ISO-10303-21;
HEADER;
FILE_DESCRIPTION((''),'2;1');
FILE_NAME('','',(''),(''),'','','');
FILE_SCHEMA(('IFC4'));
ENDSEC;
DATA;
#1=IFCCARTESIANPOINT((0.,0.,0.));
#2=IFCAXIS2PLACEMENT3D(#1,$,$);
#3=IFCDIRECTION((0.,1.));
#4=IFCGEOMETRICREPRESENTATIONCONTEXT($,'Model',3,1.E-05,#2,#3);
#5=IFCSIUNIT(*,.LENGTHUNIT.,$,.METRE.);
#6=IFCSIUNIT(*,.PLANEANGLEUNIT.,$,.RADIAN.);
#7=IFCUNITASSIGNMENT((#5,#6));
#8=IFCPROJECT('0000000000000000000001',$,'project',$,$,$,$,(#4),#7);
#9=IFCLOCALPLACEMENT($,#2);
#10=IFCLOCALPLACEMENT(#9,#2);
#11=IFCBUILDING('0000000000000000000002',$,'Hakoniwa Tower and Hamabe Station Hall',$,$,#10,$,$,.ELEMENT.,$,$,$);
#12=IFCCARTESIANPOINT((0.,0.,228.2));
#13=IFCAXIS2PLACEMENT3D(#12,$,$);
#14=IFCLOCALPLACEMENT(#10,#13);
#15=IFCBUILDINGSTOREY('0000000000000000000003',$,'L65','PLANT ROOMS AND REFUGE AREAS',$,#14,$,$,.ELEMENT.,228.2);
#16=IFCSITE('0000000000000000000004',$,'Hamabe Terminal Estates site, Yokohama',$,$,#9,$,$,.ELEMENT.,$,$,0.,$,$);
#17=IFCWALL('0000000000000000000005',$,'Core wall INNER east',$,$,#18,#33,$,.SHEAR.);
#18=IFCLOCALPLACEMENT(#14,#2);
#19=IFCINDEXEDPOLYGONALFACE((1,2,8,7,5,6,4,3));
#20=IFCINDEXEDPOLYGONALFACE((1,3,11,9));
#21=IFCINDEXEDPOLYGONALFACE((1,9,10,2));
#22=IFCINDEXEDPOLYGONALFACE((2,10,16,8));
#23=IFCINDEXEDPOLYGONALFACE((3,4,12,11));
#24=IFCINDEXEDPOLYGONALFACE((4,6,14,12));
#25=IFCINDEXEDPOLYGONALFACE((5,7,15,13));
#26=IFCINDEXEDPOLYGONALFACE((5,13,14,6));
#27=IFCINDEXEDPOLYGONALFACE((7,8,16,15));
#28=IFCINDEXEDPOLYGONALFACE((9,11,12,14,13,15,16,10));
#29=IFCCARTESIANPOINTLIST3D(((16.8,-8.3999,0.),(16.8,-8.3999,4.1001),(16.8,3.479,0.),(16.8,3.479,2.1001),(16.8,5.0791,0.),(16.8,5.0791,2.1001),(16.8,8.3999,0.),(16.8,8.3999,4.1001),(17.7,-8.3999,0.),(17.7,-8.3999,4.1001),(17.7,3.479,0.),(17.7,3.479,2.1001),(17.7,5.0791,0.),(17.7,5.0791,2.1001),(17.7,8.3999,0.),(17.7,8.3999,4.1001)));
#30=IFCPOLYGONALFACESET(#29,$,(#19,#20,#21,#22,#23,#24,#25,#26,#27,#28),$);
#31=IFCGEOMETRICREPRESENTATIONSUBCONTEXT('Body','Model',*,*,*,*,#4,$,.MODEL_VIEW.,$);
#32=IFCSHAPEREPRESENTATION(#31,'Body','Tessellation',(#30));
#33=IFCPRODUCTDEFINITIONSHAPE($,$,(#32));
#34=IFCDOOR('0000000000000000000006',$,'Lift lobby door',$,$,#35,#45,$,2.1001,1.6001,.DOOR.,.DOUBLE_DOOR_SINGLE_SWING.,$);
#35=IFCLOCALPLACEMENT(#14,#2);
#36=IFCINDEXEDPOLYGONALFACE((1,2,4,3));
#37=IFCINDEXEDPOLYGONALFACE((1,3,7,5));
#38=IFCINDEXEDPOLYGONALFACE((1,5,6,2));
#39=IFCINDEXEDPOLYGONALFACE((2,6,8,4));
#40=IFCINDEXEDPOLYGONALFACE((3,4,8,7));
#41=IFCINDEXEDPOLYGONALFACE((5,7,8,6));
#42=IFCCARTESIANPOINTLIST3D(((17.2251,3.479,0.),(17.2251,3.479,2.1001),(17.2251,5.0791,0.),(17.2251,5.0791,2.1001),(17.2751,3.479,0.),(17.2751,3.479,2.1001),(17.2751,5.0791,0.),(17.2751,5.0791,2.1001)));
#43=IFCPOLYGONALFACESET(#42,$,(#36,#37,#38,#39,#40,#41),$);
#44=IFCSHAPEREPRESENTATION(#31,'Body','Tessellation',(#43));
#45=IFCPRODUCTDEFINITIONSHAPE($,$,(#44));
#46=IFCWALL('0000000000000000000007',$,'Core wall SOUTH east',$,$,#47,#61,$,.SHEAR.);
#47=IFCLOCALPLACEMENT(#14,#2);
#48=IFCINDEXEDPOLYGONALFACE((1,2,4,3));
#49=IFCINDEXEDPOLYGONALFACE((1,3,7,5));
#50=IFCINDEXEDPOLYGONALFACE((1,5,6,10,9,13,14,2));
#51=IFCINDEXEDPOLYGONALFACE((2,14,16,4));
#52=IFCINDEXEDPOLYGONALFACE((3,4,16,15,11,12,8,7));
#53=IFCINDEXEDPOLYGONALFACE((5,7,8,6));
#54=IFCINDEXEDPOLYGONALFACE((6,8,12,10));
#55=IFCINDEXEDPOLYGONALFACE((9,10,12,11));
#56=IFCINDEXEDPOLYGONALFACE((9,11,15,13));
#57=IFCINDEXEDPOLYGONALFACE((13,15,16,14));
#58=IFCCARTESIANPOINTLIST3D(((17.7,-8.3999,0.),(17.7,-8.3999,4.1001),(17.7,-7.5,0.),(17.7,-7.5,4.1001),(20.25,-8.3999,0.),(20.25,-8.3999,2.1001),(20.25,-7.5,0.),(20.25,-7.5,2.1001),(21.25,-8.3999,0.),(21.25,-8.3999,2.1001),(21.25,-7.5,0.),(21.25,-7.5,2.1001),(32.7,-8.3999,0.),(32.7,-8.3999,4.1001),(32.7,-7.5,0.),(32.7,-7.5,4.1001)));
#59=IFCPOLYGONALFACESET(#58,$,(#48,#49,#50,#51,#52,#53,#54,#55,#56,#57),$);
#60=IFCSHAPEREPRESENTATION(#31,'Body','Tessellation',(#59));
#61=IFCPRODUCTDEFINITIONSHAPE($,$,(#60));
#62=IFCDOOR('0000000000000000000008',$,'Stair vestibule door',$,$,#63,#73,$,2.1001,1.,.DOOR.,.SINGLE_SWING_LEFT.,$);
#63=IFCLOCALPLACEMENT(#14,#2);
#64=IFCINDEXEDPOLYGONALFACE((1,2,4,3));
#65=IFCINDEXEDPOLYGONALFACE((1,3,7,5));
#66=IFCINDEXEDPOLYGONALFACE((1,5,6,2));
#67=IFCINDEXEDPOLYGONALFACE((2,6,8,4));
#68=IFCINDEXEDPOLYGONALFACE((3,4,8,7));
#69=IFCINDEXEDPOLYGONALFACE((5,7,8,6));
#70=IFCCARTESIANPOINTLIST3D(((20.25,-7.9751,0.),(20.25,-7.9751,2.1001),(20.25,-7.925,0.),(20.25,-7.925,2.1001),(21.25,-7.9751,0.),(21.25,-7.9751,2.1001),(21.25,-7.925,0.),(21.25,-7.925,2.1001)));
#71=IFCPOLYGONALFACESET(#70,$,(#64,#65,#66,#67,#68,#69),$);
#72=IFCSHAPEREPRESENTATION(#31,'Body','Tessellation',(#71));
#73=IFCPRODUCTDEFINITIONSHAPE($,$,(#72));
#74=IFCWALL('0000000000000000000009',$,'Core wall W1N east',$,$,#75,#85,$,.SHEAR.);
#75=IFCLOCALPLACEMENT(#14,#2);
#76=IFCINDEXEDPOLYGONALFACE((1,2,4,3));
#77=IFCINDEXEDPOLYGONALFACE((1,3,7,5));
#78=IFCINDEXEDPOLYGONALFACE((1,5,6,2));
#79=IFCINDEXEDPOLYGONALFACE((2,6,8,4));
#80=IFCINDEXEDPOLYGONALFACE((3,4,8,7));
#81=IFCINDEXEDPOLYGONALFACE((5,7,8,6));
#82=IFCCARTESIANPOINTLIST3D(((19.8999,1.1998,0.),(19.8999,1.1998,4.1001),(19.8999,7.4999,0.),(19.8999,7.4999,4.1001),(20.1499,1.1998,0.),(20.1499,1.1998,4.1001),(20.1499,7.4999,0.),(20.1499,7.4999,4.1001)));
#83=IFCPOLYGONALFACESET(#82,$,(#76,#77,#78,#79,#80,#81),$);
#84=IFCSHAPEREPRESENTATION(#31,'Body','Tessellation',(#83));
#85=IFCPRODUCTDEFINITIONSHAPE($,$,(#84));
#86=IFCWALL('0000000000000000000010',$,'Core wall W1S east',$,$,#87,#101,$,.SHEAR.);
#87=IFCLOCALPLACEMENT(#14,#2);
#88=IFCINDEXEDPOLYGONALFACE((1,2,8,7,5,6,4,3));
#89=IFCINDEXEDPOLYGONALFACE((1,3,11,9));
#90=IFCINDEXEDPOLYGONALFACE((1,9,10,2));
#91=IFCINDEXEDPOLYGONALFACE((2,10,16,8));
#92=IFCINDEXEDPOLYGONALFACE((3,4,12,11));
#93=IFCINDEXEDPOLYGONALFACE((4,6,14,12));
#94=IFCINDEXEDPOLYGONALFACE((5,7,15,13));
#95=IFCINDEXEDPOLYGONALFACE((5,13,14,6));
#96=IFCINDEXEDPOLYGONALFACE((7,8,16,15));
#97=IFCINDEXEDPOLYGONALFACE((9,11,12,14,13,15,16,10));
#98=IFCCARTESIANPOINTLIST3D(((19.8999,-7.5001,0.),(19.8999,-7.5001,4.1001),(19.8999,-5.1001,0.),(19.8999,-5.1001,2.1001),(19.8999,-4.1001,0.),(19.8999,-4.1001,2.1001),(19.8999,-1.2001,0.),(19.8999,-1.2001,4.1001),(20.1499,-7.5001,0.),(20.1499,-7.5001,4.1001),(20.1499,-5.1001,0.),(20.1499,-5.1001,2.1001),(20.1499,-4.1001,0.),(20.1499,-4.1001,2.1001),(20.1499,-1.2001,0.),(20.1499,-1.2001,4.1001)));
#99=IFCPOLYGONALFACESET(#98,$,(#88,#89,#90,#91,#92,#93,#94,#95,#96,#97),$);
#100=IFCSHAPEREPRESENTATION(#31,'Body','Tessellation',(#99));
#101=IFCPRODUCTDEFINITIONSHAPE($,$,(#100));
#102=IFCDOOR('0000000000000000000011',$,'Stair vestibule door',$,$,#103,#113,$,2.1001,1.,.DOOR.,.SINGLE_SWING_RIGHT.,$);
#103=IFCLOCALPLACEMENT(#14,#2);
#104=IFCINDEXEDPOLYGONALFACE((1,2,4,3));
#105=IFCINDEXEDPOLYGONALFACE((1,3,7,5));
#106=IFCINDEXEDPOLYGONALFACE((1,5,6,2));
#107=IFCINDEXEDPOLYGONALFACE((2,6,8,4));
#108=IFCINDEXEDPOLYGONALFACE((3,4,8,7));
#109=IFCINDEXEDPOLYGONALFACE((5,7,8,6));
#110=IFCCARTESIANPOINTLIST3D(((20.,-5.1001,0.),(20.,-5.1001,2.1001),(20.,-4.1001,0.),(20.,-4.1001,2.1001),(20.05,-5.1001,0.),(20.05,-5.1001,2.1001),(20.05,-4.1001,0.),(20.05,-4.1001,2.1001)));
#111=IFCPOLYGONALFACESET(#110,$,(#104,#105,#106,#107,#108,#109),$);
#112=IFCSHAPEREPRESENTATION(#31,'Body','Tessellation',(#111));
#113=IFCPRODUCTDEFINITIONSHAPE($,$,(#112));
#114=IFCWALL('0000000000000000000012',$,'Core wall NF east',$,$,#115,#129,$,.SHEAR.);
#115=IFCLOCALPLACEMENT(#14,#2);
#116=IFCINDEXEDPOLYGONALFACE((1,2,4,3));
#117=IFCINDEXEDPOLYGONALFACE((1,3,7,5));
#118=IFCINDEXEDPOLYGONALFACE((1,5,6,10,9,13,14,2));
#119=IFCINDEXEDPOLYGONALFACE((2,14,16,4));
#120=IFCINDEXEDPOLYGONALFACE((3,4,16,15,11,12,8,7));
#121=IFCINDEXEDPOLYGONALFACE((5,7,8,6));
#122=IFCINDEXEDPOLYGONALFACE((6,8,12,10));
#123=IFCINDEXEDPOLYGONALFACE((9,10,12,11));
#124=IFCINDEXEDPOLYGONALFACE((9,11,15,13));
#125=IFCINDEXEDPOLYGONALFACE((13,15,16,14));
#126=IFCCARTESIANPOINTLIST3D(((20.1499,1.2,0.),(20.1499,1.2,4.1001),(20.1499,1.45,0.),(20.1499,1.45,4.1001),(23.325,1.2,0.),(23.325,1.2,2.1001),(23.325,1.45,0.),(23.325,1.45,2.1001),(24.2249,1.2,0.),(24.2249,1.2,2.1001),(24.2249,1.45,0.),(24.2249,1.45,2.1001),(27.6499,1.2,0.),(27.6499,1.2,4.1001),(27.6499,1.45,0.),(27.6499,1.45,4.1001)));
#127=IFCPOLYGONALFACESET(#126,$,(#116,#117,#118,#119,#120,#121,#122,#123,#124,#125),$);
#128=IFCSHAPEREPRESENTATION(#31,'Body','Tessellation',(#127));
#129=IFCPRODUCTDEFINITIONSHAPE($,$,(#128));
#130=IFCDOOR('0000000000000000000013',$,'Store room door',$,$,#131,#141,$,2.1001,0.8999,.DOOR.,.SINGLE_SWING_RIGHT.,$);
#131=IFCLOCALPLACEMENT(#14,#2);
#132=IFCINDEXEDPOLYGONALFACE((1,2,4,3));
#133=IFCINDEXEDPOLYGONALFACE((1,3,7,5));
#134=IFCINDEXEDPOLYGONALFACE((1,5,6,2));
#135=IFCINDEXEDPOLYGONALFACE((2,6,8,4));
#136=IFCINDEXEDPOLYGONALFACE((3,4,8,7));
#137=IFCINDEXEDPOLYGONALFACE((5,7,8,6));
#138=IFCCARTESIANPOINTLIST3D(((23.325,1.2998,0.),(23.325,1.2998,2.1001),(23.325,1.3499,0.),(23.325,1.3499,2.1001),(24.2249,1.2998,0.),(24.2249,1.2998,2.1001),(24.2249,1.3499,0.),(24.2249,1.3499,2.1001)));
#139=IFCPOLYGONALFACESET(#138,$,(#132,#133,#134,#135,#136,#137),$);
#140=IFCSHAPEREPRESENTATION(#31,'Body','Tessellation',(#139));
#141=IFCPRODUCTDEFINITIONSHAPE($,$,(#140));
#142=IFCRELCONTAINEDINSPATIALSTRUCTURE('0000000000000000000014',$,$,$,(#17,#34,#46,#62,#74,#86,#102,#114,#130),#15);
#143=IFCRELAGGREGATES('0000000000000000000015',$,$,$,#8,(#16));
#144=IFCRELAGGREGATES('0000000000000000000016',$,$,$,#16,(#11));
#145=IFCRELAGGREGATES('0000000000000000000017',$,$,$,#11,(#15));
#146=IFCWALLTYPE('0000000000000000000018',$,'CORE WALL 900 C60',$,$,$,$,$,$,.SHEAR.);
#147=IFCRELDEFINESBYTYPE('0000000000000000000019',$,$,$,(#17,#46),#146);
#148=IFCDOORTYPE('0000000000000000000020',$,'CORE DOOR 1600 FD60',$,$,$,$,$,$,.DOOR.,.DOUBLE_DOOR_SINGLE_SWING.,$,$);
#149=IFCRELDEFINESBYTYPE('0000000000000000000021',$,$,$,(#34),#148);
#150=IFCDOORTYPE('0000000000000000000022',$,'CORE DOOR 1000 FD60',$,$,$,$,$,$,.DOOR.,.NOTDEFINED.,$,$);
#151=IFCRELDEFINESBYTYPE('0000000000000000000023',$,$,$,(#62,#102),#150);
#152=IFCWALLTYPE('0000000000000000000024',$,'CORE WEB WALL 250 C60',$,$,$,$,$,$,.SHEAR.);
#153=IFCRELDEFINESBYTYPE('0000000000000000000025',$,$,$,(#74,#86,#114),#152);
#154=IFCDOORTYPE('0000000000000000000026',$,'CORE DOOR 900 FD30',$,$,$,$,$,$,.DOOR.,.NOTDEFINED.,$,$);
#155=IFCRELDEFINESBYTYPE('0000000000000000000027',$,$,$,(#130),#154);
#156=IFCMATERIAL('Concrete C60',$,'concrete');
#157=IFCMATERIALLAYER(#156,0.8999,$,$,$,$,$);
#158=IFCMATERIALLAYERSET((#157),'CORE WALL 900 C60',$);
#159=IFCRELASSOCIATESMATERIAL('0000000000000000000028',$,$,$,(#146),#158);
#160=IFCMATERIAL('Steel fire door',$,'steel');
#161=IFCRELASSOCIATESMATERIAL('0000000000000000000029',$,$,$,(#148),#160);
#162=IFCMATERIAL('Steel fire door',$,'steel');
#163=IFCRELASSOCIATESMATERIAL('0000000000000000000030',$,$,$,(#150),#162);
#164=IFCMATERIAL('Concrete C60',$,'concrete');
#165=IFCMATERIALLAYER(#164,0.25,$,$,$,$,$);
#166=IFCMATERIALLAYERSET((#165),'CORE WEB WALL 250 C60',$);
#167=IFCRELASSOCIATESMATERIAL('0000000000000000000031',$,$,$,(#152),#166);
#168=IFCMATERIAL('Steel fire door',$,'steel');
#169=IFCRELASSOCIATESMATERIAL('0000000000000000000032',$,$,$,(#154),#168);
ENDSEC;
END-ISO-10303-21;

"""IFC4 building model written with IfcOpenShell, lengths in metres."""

from ifc_helpers import new_model, si_unit, direction, frame, frame_2d, origin, place, context, subcontext, project, spatial, rectangle, extrude, material, layer, layer_set, type_object, element, fill, save


model = new_model("IFC4")

# Units and contexts
model_context = context("Model", 3, precision=1e-05, world=origin(), true_north=direction((0.0, 1.0)))
body_context = subcontext(model_context, "Body", "Model", "MODEL_VIEW")
ifc_project = project(units=[si_unit("LENGTHUNIT", "METRE"), si_unit("PLANEANGLEUNIT", "RADIAN")], contexts=[model_context])

# Site, building, storey
site_placement = place(None, origin())
site = spatial("IfcSite", under=ifc_project, at=site_placement, Name="Hamabe Terminal Estates site, Yokohama", CompositionType="ELEMENT", RefElevation=0.0)
building_placement = place(site_placement, origin())
building = spatial("IfcBuilding", under=site, at=building_placement, Name="Hakoniwa Tower and Hamabe Station Hall", CompositionType="ELEMENT")
storey_placement = place(building_placement, frame((0.0, 0.0, 228.2)))
storey = spatial("IfcBuildingStorey", under=building, at=storey_placement, Name="L65", Description="PLANT ROOMS AND REFUGE AREAS", CompositionType="ELEMENT", Elevation=228.2)

# Walls, openings, doors
ifc_material_1 = material(Name="Concrete C60", Category="concrete")
ifc_layer_1 = layer(ifc_material_1, 0.8999)
ifc_layer_set_1 = layer_set([ifc_layer_1], Name="CORE WALL 900 C60")
wall_type_1 = type_object("IfcWallType", Name="CORE WALL 900 C60", PredefinedType="SHEAR", material=ifc_layer_set_1)
wall_1_placement = place(storey_placement, frame((17.25, -8.3999, 0.0), z_axis=(0.0, 0.0, 1.0), x_axis=(0.0, 1.0, 0.0)))
wall_1 = element("IfcWall", 1, at=wall_1_placement, inside=storey, type_object=wall_type_1, Name="Core wall INNER east", PredefinedType="SHEAR", context=body_context, shape_type="SweptSolid", body=[
    extrude(rectangle(XDim=16.7998, YDim=0.8999, at=frame_2d((8.3999, 0.0))), origin(), (0.0, 0.0, 1.0), 4.1001),
])
opening_1_placement = place(wall_1_placement, frame((11.8789, 0.0, 0.0)))
opening_1 = element("IfcOpeningElement", 2, at=opening_1_placement, cuts=wall_1, PredefinedType="OPENING", context=body_context, shape_type="SweptSolid", body=[
    extrude(rectangle(XDim=1.6001, YDim=2.1001, at=frame_2d((0.8, 1.05))), frame((0.0, 0.46, 0.0), z_axis=(0.0, -1.0, 0.0), x_axis=(1.0, 0.0, 0.0)), (0.0, 0.0, 1.0), 0.9199),
])
ifc_material_2 = material(Name="Steel fire door", Category="steel")
door_type_1 = type_object("IfcDoorType", Name="CORE DOOR 1600 FD60", OperationType="DOUBLE_DOOR_SINGLE_SWING", PredefinedType="DOOR", material=ifc_material_2)
door_1_placement = place(opening_1_placement, origin())
door_1 = element("IfcDoor", 3, at=door_1_placement, inside=storey, type_object=door_type_1, Name="Lift lobby door", OperationType="DOUBLE_DOOR_SINGLE_SWING", OverallHeight=2.1001, OverallWidth=1.6001, PredefinedType="DOOR", context=body_context, shape_type="SweptSolid", body=[
    extrude(rectangle(XDim=1.6001, YDim=2.1001, at=frame_2d((0.8, 1.05))), frame((0.0, 0.0249, 0.0), z_axis=(0.0, -1.0, 0.0), x_axis=(1.0, 0.0, 0.0)), (0.0, 0.0, 1.0), 0.05),
])
fill(opening_1, door_1)
wall_2_placement = place(storey_placement, frame((17.7, -7.95, 0.0), z_axis=(0.0, 0.0, 1.0), x_axis=(1.0, 0.0, 0.0)))
wall_2 = element("IfcWall", 4, at=wall_2_placement, inside=storey, type_object=wall_type_1, Name="Core wall SOUTH east", PredefinedType="SHEAR", context=body_context, shape_type="SweptSolid", body=[
    extrude(rectangle(XDim=15.0, YDim=0.8999, at=frame_2d((7.5, 0.0))), origin(), (0.0, 0.0, 1.0), 4.1001),
])
opening_2_placement = place(wall_2_placement, frame((2.55, 0.0, 0.0)))
opening_2 = element("IfcOpeningElement", 5, at=opening_2_placement, cuts=wall_2, PredefinedType="OPENING", context=body_context, shape_type="SweptSolid", body=[
    extrude(rectangle(XDim=1.0, YDim=2.1001, at=frame_2d((0.5, 1.05))), frame((0.0, 0.46, 0.0), z_axis=(0.0, -1.0, 0.0), x_axis=(1.0, 0.0, 0.0)), (0.0, 0.0, 1.0), 0.9199),
])
ifc_material_3 = material(Name="Steel fire door", Category="steel")
door_type_2 = type_object("IfcDoorType", Name="CORE DOOR 1000 FD60", OperationType="NOTDEFINED", PredefinedType="DOOR", material=ifc_material_3)
door_2_placement = place(opening_2_placement, origin())
door_2 = element("IfcDoor", 6, at=door_2_placement, inside=storey, type_object=door_type_2, Name="Stair vestibule door", OperationType="SINGLE_SWING_LEFT", OverallHeight=2.1001, OverallWidth=1.0, PredefinedType="DOOR", context=body_context, shape_type="SweptSolid", body=[
    extrude(rectangle(XDim=1.0, YDim=2.1001, at=frame_2d((0.5, 1.05))), frame((0.0, 0.0249, 0.0), z_axis=(0.0, -1.0, 0.0), x_axis=(1.0, 0.0, 0.0)), (0.0, 0.0, 1.0), 0.05),
])
fill(opening_2, door_2)

# Wall
ifc_material_4 = material(Name="Concrete C60", Category="concrete")
ifc_layer_2 = layer(ifc_material_4, 0.25)
ifc_layer_set_2 = layer_set([ifc_layer_2], Name="CORE WEB WALL 250 C60")
wall_type_2 = type_object("IfcWallType", Name="CORE WEB WALL 250 C60", PredefinedType="SHEAR", material=ifc_layer_set_2)
wall_3_placement = place(storey_placement, frame((20.0249, 1.2, 0.0), z_axis=(0.0, 0.0, 1.0), x_axis=(0.0, 1.0, 0.0)))
element("IfcWall", 7, at=wall_3_placement, inside=storey, type_object=wall_type_2, Name="Core wall W1N east", PredefinedType="SHEAR", context=body_context, shape_type="SweptSolid", body=[
    extrude(rectangle(XDim=6.3, YDim=0.25, at=frame_2d((3.1499, 0.0))), origin(), (0.0, 0.0, 1.0), 4.1001),
])

# Walls, openings, doors
wall_4_placement = place(storey_placement, frame((20.0249, -7.5, 0.0), z_axis=(0.0, 0.0, 1.0), x_axis=(0.0, 1.0, 0.0)))
wall_4 = element("IfcWall", 8, at=wall_4_placement, inside=storey, type_object=wall_type_2, Name="Core wall W1S east", PredefinedType="SHEAR", context=body_context, shape_type="SweptSolid", body=[
    extrude(rectangle(XDim=6.3, YDim=0.25, at=frame_2d((3.1499, 0.0))), origin(), (0.0, 0.0, 1.0), 4.1001),
])
opening_3_placement = place(wall_4_placement, frame((2.3999, 0.0, 0.0)))
opening_3 = element("IfcOpeningElement", 9, at=opening_3_placement, cuts=wall_4, PredefinedType="OPENING", context=body_context, shape_type="SweptSolid", body=[
    extrude(rectangle(XDim=1.0, YDim=2.1001, at=frame_2d((0.5, 1.05))), frame((0.0, 0.135, 0.0), z_axis=(0.0, -1.0, 0.0), x_axis=(1.0, 0.0, 0.0)), (0.0, 0.0, 1.0), 0.27),
])
door_3_placement = place(opening_3_placement, origin())
door_3 = element("IfcDoor", 10, at=door_3_placement, inside=storey, type_object=door_type_2, Name="Stair vestibule door", OperationType="SINGLE_SWING_RIGHT", OverallHeight=2.1001, OverallWidth=1.0, PredefinedType="DOOR", context=body_context, shape_type="SweptSolid", body=[
    extrude(rectangle(XDim=1.0, YDim=2.1001, at=frame_2d((0.5, 1.05))), frame((0.0, 0.0249, 0.0), z_axis=(0.0, -1.0, 0.0), x_axis=(1.0, 0.0, 0.0)), (0.0, 0.0, 1.0), 0.05),
])
fill(opening_3, door_3)
wall_5_placement = place(storey_placement, frame((20.1499, 1.325, 0.0), z_axis=(0.0, 0.0, 1.0), x_axis=(1.0, 0.0, 0.0)))
wall_5 = element("IfcWall", 11, at=wall_5_placement, inside=storey, type_object=wall_type_2, Name="Core wall NF east", PredefinedType="SHEAR", context=body_context, shape_type="SweptSolid", body=[
    extrude(rectangle(XDim=7.5, YDim=0.25, at=frame_2d((3.75, 0.0))), origin(), (0.0, 0.0, 1.0), 4.1001),
])
opening_4_placement = place(wall_5_placement, frame((3.175, 0.0, 0.0)))
opening_4 = element("IfcOpeningElement", 12, at=opening_4_placement, cuts=wall_5, PredefinedType="OPENING", context=body_context, shape_type="SweptSolid", body=[
    extrude(rectangle(XDim=0.8999, YDim=2.1001, at=frame_2d((0.45, 1.05))), frame((0.0, 0.135, 0.0), z_axis=(0.0, -1.0, 0.0), x_axis=(1.0, 0.0, 0.0)), (0.0, 0.0, 1.0), 0.27),
])
ifc_material_5 = material(Name="Steel fire door", Category="steel")
door_type_3 = type_object("IfcDoorType", Name="CORE DOOR 900 FD30", OperationType="NOTDEFINED", PredefinedType="DOOR", material=ifc_material_5)
door_4_placement = place(opening_4_placement, origin())
door_4 = element("IfcDoor", 13, at=door_4_placement, inside=storey, type_object=door_type_3, Name="Store room door", OperationType="SINGLE_SWING_RIGHT", OverallHeight=2.1001, OverallWidth=0.8999, PredefinedType="DOOR", context=body_context, shape_type="SweptSolid", body=[
    extrude(rectangle(XDim=0.8999, YDim=2.1001, at=frame_2d((0.45, 1.05))), frame((0.0, 0.0249, 0.0), z_axis=(0.0, -1.0, 0.0), x_axis=(1.0, 0.0, 0.0)), (0.0, 0.0, 1.0), 0.05),
])
fill(opening_4, door_4)

save(model, "model.ifc")
